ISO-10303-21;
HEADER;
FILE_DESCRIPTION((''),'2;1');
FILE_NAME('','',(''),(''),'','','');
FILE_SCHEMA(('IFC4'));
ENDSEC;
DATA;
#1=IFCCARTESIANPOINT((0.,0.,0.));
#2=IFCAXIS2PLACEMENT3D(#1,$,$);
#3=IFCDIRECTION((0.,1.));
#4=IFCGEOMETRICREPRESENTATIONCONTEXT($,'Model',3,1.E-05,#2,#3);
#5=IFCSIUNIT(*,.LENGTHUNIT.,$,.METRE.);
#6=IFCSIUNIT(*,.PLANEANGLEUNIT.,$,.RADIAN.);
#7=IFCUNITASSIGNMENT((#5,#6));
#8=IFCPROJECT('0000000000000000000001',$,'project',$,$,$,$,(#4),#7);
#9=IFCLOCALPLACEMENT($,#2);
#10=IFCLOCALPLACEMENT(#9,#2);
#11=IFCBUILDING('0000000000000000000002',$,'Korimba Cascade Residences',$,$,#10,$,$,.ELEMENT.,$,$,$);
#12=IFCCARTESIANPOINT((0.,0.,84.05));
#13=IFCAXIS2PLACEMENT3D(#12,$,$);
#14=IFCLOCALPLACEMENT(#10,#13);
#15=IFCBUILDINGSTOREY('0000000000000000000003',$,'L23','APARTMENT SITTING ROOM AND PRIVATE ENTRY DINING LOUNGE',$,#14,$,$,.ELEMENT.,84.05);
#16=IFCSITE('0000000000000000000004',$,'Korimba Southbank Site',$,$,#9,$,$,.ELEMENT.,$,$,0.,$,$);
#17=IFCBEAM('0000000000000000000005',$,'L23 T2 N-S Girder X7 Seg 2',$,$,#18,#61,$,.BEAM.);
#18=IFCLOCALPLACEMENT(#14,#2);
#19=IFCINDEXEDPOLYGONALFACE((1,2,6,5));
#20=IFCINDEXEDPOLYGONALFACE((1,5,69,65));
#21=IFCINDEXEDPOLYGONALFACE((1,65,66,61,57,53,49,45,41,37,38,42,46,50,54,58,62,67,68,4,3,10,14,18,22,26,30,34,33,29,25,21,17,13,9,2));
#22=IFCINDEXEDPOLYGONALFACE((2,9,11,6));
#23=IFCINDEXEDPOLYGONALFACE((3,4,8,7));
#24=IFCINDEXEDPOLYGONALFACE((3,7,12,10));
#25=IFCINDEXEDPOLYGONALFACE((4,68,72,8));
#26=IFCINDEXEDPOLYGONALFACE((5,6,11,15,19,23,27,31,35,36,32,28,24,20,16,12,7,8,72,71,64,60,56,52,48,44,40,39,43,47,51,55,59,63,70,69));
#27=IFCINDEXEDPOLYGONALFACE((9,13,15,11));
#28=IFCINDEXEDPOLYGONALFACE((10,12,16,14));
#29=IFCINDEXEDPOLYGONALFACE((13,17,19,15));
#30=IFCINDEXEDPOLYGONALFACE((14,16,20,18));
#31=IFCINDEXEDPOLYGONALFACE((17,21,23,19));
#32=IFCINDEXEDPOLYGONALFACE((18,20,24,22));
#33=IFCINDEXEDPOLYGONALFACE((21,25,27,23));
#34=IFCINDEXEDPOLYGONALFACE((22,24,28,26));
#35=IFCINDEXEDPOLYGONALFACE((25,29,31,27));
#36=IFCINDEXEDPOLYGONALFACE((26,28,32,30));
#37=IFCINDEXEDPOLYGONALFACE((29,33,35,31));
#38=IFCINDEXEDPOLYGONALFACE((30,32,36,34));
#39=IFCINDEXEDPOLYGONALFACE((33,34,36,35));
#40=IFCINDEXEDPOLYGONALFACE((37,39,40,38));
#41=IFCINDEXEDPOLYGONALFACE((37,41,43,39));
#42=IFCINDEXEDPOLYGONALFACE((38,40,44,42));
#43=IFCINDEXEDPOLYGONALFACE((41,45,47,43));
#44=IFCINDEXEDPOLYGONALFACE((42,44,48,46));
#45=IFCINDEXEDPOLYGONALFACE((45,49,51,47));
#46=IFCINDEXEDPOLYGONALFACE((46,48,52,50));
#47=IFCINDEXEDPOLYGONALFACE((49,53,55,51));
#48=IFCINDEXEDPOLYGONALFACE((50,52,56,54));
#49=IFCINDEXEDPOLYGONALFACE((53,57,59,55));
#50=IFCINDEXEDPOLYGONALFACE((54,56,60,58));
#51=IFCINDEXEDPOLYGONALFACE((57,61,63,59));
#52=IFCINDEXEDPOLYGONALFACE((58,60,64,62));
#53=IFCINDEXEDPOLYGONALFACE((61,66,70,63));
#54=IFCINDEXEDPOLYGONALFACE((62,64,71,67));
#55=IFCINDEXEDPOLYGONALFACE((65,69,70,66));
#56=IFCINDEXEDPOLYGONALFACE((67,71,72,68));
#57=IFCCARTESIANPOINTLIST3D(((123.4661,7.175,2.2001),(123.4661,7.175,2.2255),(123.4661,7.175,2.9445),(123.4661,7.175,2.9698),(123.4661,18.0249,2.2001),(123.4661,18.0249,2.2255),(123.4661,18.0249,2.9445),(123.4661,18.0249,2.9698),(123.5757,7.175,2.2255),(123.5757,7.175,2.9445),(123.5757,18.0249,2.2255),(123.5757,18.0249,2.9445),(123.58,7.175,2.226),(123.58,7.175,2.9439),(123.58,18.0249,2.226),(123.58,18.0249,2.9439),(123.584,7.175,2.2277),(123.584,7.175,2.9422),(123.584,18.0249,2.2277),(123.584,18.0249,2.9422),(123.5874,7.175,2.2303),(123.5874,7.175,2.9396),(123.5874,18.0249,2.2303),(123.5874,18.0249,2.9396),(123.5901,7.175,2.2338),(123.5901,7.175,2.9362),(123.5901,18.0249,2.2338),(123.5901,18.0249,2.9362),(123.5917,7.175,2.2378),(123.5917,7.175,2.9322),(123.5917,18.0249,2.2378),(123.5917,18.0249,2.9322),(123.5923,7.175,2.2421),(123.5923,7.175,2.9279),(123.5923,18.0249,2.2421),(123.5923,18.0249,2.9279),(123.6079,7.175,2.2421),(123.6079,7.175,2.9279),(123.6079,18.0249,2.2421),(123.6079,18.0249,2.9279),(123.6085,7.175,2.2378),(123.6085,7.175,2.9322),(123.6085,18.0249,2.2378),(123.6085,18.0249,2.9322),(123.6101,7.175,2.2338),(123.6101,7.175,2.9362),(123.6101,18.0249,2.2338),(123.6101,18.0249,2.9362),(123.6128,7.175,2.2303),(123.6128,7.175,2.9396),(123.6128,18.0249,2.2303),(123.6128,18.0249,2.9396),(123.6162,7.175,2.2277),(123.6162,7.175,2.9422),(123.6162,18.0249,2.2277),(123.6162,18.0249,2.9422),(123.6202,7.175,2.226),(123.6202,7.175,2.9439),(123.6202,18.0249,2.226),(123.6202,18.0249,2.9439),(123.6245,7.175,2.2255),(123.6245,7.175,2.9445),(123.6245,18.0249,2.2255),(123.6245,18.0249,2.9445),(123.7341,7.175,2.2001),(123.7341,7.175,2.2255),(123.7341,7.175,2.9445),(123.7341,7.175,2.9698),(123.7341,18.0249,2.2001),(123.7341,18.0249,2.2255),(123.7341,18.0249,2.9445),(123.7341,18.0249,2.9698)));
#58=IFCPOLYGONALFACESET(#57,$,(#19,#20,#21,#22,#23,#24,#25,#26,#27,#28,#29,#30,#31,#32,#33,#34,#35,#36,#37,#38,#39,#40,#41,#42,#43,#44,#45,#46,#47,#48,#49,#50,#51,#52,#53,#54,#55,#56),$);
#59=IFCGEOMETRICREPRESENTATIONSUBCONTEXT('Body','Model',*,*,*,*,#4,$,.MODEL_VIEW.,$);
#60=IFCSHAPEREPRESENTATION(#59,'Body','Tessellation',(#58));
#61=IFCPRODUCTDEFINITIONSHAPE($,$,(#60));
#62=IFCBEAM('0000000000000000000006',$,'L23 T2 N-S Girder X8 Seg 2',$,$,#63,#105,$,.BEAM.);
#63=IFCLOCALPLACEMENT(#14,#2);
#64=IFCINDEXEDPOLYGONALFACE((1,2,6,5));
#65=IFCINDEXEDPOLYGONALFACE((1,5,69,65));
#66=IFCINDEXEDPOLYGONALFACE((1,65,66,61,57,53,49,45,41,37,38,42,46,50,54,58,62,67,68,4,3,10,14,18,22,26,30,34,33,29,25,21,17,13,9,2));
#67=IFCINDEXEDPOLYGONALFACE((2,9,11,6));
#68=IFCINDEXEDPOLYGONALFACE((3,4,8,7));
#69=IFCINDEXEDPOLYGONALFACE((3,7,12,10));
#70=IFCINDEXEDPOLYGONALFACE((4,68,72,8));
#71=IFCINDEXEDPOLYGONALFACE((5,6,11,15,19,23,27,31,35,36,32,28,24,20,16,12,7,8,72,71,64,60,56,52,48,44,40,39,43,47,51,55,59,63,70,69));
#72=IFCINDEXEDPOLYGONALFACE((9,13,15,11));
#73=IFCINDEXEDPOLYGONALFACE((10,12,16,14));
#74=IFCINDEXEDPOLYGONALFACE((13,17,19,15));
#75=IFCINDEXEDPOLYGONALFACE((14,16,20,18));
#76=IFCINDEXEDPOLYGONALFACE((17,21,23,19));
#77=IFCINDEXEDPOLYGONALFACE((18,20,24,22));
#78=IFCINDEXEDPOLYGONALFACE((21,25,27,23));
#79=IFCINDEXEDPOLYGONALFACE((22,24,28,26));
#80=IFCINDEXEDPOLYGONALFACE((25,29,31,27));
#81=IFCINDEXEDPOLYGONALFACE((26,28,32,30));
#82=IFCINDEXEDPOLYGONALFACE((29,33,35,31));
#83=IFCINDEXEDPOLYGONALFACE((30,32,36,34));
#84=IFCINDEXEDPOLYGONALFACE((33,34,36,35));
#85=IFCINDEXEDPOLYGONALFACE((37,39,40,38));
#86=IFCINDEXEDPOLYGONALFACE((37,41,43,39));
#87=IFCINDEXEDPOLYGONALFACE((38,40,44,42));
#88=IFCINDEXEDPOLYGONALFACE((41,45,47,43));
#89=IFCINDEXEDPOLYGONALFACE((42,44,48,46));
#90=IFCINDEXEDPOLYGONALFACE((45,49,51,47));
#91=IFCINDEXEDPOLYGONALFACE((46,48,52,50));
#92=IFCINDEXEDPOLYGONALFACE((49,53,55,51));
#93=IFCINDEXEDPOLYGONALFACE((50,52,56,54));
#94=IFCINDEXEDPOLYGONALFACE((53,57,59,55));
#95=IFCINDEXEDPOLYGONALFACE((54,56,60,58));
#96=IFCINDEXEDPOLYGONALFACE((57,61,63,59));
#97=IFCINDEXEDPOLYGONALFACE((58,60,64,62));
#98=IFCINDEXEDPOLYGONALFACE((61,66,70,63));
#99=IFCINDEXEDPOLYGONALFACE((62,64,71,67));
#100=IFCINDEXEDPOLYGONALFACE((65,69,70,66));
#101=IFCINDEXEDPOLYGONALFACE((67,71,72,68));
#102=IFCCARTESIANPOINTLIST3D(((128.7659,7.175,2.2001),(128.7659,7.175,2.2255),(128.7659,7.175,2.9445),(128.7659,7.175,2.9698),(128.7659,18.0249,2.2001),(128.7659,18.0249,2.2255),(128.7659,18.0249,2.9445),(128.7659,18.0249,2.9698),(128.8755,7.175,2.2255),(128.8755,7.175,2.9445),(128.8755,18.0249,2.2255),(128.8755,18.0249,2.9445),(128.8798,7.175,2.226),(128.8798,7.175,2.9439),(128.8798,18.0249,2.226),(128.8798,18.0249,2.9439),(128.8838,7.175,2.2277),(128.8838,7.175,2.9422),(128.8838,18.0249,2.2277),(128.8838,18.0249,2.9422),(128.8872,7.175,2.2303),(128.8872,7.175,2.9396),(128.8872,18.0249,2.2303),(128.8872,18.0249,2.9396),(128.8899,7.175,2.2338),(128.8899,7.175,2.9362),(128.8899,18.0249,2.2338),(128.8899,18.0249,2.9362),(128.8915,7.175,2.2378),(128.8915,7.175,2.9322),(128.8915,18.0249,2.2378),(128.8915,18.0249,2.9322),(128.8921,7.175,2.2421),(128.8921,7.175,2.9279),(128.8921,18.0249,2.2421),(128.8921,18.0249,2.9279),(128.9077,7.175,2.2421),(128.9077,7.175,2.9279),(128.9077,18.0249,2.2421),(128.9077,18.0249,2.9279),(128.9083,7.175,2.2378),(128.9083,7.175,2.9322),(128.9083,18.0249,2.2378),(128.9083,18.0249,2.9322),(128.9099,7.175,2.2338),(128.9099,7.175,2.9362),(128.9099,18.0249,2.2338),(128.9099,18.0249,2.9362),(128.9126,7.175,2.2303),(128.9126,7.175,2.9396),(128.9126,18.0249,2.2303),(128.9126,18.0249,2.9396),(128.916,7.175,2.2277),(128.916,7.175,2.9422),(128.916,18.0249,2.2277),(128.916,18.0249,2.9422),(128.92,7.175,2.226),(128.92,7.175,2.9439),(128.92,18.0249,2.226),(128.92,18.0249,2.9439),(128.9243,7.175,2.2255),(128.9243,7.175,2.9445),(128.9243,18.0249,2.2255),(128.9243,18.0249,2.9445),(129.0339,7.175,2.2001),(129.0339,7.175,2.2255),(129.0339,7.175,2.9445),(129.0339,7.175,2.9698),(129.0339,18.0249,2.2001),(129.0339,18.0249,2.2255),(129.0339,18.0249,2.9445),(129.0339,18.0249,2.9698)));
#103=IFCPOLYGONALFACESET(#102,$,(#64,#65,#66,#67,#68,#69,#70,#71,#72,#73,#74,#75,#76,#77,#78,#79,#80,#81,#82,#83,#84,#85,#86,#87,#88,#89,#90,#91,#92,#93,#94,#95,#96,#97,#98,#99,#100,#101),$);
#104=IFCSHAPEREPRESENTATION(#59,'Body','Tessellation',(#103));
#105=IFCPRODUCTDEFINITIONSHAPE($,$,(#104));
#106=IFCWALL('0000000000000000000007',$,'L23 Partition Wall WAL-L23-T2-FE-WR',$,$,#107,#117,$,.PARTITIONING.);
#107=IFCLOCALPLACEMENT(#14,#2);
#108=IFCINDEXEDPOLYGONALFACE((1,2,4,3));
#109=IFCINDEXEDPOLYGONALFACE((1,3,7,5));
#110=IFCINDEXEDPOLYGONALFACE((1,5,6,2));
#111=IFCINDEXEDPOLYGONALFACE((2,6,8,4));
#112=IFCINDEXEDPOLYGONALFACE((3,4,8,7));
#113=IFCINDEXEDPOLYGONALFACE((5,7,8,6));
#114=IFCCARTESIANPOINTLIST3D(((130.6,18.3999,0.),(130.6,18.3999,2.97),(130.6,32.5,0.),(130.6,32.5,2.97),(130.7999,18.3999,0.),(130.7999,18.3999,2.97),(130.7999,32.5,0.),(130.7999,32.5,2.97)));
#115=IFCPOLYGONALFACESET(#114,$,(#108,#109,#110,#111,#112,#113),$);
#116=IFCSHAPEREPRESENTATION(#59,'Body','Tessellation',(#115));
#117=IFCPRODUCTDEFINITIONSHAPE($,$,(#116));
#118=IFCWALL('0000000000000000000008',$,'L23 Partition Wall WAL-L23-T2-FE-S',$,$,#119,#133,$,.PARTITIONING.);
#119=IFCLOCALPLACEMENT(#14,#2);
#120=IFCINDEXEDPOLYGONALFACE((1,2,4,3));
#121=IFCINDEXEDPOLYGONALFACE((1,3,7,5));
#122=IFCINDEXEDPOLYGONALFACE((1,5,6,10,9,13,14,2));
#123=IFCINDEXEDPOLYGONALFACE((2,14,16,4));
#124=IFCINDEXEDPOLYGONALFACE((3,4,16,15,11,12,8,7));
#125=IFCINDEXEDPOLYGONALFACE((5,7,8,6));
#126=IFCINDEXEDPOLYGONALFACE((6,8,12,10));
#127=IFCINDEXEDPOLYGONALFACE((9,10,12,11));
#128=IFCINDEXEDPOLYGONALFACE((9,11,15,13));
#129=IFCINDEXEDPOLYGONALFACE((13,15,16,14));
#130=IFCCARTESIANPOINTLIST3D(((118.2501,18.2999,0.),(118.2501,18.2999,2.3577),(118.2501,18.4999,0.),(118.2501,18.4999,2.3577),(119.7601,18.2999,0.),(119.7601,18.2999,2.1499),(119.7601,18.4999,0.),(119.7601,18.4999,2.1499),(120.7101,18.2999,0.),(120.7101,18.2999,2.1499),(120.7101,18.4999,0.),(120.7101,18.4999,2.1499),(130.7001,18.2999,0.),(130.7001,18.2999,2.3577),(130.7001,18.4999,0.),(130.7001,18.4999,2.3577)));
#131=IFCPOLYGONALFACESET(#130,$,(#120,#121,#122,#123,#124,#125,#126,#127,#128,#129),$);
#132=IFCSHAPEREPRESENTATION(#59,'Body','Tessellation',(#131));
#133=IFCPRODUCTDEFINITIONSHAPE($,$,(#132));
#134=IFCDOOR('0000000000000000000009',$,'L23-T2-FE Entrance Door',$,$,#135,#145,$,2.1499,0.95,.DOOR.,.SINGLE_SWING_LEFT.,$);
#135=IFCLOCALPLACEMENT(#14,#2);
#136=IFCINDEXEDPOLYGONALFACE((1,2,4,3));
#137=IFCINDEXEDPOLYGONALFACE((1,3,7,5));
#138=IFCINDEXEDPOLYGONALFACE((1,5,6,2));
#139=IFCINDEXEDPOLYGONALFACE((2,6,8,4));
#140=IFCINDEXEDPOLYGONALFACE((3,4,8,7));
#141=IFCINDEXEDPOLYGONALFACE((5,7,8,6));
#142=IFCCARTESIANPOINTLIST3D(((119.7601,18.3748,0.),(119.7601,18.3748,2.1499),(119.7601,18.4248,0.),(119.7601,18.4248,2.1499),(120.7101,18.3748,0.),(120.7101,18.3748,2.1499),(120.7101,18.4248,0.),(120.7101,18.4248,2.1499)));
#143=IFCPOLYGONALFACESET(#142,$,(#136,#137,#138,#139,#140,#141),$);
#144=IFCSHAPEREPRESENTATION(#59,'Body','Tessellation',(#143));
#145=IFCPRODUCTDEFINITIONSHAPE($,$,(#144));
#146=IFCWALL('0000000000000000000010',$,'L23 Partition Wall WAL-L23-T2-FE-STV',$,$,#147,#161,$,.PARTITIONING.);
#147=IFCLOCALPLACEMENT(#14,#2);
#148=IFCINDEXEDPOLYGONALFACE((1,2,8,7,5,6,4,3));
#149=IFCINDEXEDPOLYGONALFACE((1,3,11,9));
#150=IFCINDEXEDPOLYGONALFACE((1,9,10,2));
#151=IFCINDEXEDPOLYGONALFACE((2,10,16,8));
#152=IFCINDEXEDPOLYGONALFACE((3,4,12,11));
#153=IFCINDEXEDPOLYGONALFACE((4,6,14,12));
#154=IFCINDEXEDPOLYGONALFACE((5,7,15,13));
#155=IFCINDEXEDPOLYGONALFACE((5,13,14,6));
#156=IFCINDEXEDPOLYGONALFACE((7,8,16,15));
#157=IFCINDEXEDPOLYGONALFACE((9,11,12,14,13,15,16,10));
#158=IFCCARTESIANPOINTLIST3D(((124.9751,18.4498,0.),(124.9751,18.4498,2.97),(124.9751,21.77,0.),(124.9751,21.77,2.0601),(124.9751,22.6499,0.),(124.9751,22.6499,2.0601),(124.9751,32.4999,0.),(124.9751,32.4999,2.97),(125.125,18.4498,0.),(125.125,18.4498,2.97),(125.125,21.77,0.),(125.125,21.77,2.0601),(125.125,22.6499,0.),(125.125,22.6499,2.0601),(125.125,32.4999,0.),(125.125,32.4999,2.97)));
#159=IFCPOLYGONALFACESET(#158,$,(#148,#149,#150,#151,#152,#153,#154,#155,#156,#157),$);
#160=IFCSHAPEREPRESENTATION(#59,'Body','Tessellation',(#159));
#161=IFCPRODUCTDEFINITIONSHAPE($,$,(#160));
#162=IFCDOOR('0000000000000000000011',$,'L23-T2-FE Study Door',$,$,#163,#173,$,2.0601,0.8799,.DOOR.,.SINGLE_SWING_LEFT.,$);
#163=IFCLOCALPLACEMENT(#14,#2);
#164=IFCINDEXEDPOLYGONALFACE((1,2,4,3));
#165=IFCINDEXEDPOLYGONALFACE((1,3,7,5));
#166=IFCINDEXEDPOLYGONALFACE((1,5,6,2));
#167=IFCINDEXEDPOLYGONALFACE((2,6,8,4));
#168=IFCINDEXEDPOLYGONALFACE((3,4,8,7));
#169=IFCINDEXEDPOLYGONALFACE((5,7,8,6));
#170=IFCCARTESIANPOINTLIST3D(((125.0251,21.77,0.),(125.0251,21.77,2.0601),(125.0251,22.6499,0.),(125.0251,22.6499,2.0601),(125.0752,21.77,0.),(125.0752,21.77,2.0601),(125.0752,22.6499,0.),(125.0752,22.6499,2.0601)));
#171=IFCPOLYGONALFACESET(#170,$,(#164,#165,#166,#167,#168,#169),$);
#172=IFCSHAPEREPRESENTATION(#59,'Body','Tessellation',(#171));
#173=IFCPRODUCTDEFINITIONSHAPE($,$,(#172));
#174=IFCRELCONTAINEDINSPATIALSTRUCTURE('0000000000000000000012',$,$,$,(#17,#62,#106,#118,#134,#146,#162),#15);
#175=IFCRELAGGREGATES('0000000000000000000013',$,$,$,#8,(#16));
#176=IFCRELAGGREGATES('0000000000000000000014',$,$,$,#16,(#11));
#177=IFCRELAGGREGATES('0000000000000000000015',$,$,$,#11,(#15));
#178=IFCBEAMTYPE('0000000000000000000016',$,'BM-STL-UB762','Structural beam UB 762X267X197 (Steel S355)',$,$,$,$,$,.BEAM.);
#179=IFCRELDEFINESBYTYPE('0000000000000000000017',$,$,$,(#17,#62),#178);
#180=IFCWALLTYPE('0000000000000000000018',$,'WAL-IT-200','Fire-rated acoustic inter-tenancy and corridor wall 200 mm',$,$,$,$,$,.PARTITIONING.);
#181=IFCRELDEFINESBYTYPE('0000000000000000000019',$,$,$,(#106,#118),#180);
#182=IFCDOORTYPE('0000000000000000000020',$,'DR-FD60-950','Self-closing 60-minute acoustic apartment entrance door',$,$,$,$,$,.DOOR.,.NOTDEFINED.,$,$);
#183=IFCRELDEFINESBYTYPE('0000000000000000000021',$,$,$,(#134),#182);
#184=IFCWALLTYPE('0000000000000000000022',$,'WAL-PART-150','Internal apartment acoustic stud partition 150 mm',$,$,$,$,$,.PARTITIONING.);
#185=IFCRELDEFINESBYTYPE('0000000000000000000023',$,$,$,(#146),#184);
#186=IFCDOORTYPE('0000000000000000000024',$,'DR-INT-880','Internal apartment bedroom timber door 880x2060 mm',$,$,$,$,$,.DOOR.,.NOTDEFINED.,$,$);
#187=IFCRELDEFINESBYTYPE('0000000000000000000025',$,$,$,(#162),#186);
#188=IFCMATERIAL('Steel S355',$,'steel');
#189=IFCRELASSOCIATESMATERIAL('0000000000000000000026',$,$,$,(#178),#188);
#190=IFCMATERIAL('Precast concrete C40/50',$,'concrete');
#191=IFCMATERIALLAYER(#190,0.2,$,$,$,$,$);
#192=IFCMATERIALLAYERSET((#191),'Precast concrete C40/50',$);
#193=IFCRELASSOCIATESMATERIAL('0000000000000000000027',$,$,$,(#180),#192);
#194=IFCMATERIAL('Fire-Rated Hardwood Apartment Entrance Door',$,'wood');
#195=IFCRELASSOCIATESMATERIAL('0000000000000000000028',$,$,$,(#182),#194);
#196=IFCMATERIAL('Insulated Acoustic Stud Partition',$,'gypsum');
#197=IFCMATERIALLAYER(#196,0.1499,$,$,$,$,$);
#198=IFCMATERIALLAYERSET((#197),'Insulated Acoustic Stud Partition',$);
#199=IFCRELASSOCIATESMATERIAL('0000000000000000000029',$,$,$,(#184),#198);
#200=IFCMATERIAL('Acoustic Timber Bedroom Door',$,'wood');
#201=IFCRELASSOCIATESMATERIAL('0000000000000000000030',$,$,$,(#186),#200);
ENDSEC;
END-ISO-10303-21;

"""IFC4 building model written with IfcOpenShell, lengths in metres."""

from ifc_helpers import new_model, si_unit, direction, frame, frame_2d, origin, origin_2d, place, context, subcontext, project, spatial, rectangle, i_section, extrude, material, layer, layer_set, material_profile, profile_set, type_object, element, fill, save


model = new_model("IFC4")

# Units and contexts
model_context = context("Model", 3, precision=1e-05, world=origin(), true_north=direction((0.0, 1.0)))
body_context = subcontext(model_context, "Body", "Model", "MODEL_VIEW")
ifc_project = project(units=[si_unit("LENGTHUNIT", "METRE"), si_unit("PLANEANGLEUNIT", "RADIAN")], contexts=[model_context])

# Site, building, storey
site_placement = place(None, origin())
site = spatial("IfcSite", under=ifc_project, at=site_placement, Name="Korimba Southbank Site", CompositionType="ELEMENT", RefElevation=0.0)
building_placement = place(site_placement, origin())
building = spatial("IfcBuilding", under=site, at=building_placement, Name="Korimba Cascade Residences", CompositionType="ELEMENT")
storey_placement = place(building_placement, frame((0.0, 0.0, 84.05)))
storey = spatial("IfcBuildingStorey", under=building, at=storey_placement, Name="L23", Description="APARTMENT SITTING ROOM AND PRIVATE ENTRY DINING LOUNGE", CompositionType="ELEMENT", Elevation=84.05)

# Beams
ifc_material_1 = material(Name="Steel S355", Category="steel")
ifc_material_profile_1 = material_profile(ifc_material_1, i_section(OverallWidth=0.2681, OverallDepth=0.7698, WebThickness=0.0156, FlangeThickness=0.0254, FilletRadius=0.0166, at=origin_2d()), Name="Steel S355")
ifc_profile_set_1 = profile_set([ifc_material_profile_1], Name="Steel S355")
beam_type_1 = type_object("IfcBeamType", Name="BM-STL-UB762", Description="Structural beam UB 762X267X197 (Steel S355)", PredefinedType="BEAM", material=ifc_profile_set_1)
for number, where, z_axis, x_axis, name in (
    (1, (123.6001, 7.175, 2.585), (0.0, 1.0, 0.0), (-1.0, 0.0, 0.0), "L23 T2 N-S Girder X7 Seg 2"),
    (2, (128.8999, 7.175, 2.585), (0.0, 1.0, 0.0), (-1.0, 0.0, 0.0), "L23 T2 N-S Girder X8 Seg 2"),
):
    element("IfcBeam", number, at=place(storey_placement, frame(where, z_axis=z_axis, x_axis=x_axis)), inside=storey, type_object=beam_type_1, Name=name, PredefinedType="BEAM", context=body_context, shape_type="SweptSolid", body=[
        extrude(i_section(OverallWidth=0.2681, OverallDepth=0.7698, WebThickness=0.0156, FlangeThickness=0.0254, FilletRadius=0.0166, at=origin_2d()), origin(), (0.0, 0.0, 1.0), 10.8499),
    ])

# Wall
ifc_material_2 = material(Name="Precast concrete C40/50", Category="concrete")
ifc_layer_1 = layer(ifc_material_2, 0.2)
ifc_layer_set_1 = layer_set([ifc_layer_1], Name="Precast concrete C40/50")
wall_type_1 = type_object("IfcWallType", Name="WAL-IT-200", Description="Fire-rated acoustic inter-tenancy and corridor wall 200 mm", PredefinedType="PARTITIONING", material=ifc_layer_set_1)
wall_1_placement = place(storey_placement, frame((130.7, 18.3999, 0.0), z_axis=(0.0, 0.0, 1.0), x_axis=(0.0, 1.0, 0.0)))
element("IfcWall", 3, at=wall_1_placement, inside=storey, type_object=wall_type_1, Name="L23 Partition Wall WAL-L23-T2-FE-WR", PredefinedType="PARTITIONING", context=body_context, shape_type="SweptSolid", body=[
    extrude(rectangle(XDim=14.1001, YDim=0.2, at=frame_2d((7.05, 0.0))), origin(), (0.0, 0.0, 1.0), 2.97),
])

# Walls, openings, doors
wall_2_placement = place(storey_placement, frame((118.25, 18.3999, 0.0), z_axis=(0.0, 0.0, 1.0), x_axis=(1.0, 0.0, 0.0)))
wall_2 = element("IfcWall", 4, at=wall_2_placement, inside=storey, type_object=wall_type_1, Name="L23 Partition Wall WAL-L23-T2-FE-S", PredefinedType="PARTITIONING", context=body_context, shape_type="SweptSolid", body=[
    extrude(rectangle(XDim=12.45, YDim=0.2, at=frame_2d((6.2251, 0.0))), origin(), (0.0, 0.0, 1.0), 2.3577),
])
opening_1_placement = place(wall_2_placement, frame((1.51, 0.0, 0.0)))
opening_1 = element("IfcOpeningElement", 5, at=opening_1_placement, cuts=wall_2, PredefinedType="OPENING", context=body_context, shape_type="SweptSolid", body=[
    extrude(rectangle(XDim=0.95, YDim=2.1499, at=frame_2d((0.4751, 1.075))), frame((0.0, 0.1099, 0.0), z_axis=(0.0, -1.0, 0.0), x_axis=(1.0, 0.0, 0.0)), (0.0, 0.0, 1.0), 0.22),
])
ifc_material_3 = material(Name="Fire-Rated Hardwood Apartment Entrance Door", Category="wood")
door_type_1 = type_object("IfcDoorType", Name="DR-FD60-950", Description="Self-closing 60-minute acoustic apartment entrance door", OperationType="NOTDEFINED", PredefinedType="DOOR", material=ifc_material_3)
door_1_placement = place(opening_1_placement, origin())
door_1 = element("IfcDoor", 6, at=door_1_placement, inside=storey, type_object=door_type_1, Name="L23-T2-FE Entrance Door", OperationType="SINGLE_SWING_LEFT", OverallHeight=2.1499, OverallWidth=0.95, PredefinedType="DOOR", context=body_context, shape_type="SweptSolid", body=[
    extrude(rectangle(XDim=0.95, YDim=2.1499, at=frame_2d((0.4751, 1.075))), frame((0.0, 0.0249, 0.0), z_axis=(0.0, -1.0, 0.0), x_axis=(1.0, 0.0, 0.0)), (0.0, 0.0, 1.0), 0.05),
])
fill(opening_1, door_1)
ifc_material_4 = material(Name="Insulated Acoustic Stud Partition", Category="gypsum")
ifc_layer_2 = layer(ifc_material_4, 0.1499)
ifc_layer_set_2 = layer_set([ifc_layer_2], Name="Insulated Acoustic Stud Partition")
wall_type_2 = type_object("IfcWallType", Name="WAL-PART-150", Description="Internal apartment acoustic stud partition 150 mm", PredefinedType="PARTITIONING", material=ifc_layer_set_2)
wall_3_placement = place(storey_placement, frame((125.05, 18.45, 0.0), z_axis=(0.0, 0.0, 1.0), x_axis=(0.0, 1.0, 0.0)))
wall_3 = element("IfcWall", 7, at=wall_3_placement, inside=storey, type_object=wall_type_2, Name="L23 Partition Wall WAL-L23-T2-FE-STV", PredefinedType="PARTITIONING", context=body_context, shape_type="SweptSolid", body=[
    extrude(rectangle(XDim=14.05, YDim=0.1499, at=frame_2d((7.0249, 0.0))), origin(), (0.0, 0.0, 1.0), 2.97),
])
opening_2_placement = place(wall_3_placement, frame((3.3201, 0.0, 0.0)))
opening_2 = element("IfcOpeningElement", 8, at=opening_2_placement, cuts=wall_3, PredefinedType="OPENING", context=body_context, shape_type="SweptSolid", body=[
    extrude(rectangle(XDim=0.8799, YDim=2.0601, at=frame_2d((0.4399, 1.03))), frame((0.0, 0.085, 0.0), z_axis=(0.0, -1.0, 0.0), x_axis=(1.0, 0.0, 0.0)), (0.0, 0.0, 1.0), 0.1699),
])
ifc_material_5 = material(Name="Acoustic Timber Bedroom Door", Category="wood")
door_type_2 = type_object("IfcDoorType", Name="DR-INT-880", Description="Internal apartment bedroom timber door 880x2060 mm", OperationType="NOTDEFINED", PredefinedType="DOOR", material=ifc_material_5)
door_2_placement = place(opening_2_placement, origin())
door_2 = element("IfcDoor", 9, at=door_2_placement, inside=storey, type_object=door_type_2, Name="L23-T2-FE Study Door", OperationType="SINGLE_SWING_LEFT", OverallHeight=2.0601, OverallWidth=0.8799, PredefinedType="DOOR", context=body_context, shape_type="SweptSolid", body=[
    extrude(rectangle(XDim=0.8799, YDim=2.0601, at=frame_2d((0.4399, 1.03))), frame((0.0, 0.0249, 0.0), z_axis=(0.0, -1.0, 0.0), x_axis=(1.0, 0.0, 0.0)), (0.0, 0.0, 1.0), 0.05),
])
fill(opening_2, door_2)

save(model, "model.ifc")
